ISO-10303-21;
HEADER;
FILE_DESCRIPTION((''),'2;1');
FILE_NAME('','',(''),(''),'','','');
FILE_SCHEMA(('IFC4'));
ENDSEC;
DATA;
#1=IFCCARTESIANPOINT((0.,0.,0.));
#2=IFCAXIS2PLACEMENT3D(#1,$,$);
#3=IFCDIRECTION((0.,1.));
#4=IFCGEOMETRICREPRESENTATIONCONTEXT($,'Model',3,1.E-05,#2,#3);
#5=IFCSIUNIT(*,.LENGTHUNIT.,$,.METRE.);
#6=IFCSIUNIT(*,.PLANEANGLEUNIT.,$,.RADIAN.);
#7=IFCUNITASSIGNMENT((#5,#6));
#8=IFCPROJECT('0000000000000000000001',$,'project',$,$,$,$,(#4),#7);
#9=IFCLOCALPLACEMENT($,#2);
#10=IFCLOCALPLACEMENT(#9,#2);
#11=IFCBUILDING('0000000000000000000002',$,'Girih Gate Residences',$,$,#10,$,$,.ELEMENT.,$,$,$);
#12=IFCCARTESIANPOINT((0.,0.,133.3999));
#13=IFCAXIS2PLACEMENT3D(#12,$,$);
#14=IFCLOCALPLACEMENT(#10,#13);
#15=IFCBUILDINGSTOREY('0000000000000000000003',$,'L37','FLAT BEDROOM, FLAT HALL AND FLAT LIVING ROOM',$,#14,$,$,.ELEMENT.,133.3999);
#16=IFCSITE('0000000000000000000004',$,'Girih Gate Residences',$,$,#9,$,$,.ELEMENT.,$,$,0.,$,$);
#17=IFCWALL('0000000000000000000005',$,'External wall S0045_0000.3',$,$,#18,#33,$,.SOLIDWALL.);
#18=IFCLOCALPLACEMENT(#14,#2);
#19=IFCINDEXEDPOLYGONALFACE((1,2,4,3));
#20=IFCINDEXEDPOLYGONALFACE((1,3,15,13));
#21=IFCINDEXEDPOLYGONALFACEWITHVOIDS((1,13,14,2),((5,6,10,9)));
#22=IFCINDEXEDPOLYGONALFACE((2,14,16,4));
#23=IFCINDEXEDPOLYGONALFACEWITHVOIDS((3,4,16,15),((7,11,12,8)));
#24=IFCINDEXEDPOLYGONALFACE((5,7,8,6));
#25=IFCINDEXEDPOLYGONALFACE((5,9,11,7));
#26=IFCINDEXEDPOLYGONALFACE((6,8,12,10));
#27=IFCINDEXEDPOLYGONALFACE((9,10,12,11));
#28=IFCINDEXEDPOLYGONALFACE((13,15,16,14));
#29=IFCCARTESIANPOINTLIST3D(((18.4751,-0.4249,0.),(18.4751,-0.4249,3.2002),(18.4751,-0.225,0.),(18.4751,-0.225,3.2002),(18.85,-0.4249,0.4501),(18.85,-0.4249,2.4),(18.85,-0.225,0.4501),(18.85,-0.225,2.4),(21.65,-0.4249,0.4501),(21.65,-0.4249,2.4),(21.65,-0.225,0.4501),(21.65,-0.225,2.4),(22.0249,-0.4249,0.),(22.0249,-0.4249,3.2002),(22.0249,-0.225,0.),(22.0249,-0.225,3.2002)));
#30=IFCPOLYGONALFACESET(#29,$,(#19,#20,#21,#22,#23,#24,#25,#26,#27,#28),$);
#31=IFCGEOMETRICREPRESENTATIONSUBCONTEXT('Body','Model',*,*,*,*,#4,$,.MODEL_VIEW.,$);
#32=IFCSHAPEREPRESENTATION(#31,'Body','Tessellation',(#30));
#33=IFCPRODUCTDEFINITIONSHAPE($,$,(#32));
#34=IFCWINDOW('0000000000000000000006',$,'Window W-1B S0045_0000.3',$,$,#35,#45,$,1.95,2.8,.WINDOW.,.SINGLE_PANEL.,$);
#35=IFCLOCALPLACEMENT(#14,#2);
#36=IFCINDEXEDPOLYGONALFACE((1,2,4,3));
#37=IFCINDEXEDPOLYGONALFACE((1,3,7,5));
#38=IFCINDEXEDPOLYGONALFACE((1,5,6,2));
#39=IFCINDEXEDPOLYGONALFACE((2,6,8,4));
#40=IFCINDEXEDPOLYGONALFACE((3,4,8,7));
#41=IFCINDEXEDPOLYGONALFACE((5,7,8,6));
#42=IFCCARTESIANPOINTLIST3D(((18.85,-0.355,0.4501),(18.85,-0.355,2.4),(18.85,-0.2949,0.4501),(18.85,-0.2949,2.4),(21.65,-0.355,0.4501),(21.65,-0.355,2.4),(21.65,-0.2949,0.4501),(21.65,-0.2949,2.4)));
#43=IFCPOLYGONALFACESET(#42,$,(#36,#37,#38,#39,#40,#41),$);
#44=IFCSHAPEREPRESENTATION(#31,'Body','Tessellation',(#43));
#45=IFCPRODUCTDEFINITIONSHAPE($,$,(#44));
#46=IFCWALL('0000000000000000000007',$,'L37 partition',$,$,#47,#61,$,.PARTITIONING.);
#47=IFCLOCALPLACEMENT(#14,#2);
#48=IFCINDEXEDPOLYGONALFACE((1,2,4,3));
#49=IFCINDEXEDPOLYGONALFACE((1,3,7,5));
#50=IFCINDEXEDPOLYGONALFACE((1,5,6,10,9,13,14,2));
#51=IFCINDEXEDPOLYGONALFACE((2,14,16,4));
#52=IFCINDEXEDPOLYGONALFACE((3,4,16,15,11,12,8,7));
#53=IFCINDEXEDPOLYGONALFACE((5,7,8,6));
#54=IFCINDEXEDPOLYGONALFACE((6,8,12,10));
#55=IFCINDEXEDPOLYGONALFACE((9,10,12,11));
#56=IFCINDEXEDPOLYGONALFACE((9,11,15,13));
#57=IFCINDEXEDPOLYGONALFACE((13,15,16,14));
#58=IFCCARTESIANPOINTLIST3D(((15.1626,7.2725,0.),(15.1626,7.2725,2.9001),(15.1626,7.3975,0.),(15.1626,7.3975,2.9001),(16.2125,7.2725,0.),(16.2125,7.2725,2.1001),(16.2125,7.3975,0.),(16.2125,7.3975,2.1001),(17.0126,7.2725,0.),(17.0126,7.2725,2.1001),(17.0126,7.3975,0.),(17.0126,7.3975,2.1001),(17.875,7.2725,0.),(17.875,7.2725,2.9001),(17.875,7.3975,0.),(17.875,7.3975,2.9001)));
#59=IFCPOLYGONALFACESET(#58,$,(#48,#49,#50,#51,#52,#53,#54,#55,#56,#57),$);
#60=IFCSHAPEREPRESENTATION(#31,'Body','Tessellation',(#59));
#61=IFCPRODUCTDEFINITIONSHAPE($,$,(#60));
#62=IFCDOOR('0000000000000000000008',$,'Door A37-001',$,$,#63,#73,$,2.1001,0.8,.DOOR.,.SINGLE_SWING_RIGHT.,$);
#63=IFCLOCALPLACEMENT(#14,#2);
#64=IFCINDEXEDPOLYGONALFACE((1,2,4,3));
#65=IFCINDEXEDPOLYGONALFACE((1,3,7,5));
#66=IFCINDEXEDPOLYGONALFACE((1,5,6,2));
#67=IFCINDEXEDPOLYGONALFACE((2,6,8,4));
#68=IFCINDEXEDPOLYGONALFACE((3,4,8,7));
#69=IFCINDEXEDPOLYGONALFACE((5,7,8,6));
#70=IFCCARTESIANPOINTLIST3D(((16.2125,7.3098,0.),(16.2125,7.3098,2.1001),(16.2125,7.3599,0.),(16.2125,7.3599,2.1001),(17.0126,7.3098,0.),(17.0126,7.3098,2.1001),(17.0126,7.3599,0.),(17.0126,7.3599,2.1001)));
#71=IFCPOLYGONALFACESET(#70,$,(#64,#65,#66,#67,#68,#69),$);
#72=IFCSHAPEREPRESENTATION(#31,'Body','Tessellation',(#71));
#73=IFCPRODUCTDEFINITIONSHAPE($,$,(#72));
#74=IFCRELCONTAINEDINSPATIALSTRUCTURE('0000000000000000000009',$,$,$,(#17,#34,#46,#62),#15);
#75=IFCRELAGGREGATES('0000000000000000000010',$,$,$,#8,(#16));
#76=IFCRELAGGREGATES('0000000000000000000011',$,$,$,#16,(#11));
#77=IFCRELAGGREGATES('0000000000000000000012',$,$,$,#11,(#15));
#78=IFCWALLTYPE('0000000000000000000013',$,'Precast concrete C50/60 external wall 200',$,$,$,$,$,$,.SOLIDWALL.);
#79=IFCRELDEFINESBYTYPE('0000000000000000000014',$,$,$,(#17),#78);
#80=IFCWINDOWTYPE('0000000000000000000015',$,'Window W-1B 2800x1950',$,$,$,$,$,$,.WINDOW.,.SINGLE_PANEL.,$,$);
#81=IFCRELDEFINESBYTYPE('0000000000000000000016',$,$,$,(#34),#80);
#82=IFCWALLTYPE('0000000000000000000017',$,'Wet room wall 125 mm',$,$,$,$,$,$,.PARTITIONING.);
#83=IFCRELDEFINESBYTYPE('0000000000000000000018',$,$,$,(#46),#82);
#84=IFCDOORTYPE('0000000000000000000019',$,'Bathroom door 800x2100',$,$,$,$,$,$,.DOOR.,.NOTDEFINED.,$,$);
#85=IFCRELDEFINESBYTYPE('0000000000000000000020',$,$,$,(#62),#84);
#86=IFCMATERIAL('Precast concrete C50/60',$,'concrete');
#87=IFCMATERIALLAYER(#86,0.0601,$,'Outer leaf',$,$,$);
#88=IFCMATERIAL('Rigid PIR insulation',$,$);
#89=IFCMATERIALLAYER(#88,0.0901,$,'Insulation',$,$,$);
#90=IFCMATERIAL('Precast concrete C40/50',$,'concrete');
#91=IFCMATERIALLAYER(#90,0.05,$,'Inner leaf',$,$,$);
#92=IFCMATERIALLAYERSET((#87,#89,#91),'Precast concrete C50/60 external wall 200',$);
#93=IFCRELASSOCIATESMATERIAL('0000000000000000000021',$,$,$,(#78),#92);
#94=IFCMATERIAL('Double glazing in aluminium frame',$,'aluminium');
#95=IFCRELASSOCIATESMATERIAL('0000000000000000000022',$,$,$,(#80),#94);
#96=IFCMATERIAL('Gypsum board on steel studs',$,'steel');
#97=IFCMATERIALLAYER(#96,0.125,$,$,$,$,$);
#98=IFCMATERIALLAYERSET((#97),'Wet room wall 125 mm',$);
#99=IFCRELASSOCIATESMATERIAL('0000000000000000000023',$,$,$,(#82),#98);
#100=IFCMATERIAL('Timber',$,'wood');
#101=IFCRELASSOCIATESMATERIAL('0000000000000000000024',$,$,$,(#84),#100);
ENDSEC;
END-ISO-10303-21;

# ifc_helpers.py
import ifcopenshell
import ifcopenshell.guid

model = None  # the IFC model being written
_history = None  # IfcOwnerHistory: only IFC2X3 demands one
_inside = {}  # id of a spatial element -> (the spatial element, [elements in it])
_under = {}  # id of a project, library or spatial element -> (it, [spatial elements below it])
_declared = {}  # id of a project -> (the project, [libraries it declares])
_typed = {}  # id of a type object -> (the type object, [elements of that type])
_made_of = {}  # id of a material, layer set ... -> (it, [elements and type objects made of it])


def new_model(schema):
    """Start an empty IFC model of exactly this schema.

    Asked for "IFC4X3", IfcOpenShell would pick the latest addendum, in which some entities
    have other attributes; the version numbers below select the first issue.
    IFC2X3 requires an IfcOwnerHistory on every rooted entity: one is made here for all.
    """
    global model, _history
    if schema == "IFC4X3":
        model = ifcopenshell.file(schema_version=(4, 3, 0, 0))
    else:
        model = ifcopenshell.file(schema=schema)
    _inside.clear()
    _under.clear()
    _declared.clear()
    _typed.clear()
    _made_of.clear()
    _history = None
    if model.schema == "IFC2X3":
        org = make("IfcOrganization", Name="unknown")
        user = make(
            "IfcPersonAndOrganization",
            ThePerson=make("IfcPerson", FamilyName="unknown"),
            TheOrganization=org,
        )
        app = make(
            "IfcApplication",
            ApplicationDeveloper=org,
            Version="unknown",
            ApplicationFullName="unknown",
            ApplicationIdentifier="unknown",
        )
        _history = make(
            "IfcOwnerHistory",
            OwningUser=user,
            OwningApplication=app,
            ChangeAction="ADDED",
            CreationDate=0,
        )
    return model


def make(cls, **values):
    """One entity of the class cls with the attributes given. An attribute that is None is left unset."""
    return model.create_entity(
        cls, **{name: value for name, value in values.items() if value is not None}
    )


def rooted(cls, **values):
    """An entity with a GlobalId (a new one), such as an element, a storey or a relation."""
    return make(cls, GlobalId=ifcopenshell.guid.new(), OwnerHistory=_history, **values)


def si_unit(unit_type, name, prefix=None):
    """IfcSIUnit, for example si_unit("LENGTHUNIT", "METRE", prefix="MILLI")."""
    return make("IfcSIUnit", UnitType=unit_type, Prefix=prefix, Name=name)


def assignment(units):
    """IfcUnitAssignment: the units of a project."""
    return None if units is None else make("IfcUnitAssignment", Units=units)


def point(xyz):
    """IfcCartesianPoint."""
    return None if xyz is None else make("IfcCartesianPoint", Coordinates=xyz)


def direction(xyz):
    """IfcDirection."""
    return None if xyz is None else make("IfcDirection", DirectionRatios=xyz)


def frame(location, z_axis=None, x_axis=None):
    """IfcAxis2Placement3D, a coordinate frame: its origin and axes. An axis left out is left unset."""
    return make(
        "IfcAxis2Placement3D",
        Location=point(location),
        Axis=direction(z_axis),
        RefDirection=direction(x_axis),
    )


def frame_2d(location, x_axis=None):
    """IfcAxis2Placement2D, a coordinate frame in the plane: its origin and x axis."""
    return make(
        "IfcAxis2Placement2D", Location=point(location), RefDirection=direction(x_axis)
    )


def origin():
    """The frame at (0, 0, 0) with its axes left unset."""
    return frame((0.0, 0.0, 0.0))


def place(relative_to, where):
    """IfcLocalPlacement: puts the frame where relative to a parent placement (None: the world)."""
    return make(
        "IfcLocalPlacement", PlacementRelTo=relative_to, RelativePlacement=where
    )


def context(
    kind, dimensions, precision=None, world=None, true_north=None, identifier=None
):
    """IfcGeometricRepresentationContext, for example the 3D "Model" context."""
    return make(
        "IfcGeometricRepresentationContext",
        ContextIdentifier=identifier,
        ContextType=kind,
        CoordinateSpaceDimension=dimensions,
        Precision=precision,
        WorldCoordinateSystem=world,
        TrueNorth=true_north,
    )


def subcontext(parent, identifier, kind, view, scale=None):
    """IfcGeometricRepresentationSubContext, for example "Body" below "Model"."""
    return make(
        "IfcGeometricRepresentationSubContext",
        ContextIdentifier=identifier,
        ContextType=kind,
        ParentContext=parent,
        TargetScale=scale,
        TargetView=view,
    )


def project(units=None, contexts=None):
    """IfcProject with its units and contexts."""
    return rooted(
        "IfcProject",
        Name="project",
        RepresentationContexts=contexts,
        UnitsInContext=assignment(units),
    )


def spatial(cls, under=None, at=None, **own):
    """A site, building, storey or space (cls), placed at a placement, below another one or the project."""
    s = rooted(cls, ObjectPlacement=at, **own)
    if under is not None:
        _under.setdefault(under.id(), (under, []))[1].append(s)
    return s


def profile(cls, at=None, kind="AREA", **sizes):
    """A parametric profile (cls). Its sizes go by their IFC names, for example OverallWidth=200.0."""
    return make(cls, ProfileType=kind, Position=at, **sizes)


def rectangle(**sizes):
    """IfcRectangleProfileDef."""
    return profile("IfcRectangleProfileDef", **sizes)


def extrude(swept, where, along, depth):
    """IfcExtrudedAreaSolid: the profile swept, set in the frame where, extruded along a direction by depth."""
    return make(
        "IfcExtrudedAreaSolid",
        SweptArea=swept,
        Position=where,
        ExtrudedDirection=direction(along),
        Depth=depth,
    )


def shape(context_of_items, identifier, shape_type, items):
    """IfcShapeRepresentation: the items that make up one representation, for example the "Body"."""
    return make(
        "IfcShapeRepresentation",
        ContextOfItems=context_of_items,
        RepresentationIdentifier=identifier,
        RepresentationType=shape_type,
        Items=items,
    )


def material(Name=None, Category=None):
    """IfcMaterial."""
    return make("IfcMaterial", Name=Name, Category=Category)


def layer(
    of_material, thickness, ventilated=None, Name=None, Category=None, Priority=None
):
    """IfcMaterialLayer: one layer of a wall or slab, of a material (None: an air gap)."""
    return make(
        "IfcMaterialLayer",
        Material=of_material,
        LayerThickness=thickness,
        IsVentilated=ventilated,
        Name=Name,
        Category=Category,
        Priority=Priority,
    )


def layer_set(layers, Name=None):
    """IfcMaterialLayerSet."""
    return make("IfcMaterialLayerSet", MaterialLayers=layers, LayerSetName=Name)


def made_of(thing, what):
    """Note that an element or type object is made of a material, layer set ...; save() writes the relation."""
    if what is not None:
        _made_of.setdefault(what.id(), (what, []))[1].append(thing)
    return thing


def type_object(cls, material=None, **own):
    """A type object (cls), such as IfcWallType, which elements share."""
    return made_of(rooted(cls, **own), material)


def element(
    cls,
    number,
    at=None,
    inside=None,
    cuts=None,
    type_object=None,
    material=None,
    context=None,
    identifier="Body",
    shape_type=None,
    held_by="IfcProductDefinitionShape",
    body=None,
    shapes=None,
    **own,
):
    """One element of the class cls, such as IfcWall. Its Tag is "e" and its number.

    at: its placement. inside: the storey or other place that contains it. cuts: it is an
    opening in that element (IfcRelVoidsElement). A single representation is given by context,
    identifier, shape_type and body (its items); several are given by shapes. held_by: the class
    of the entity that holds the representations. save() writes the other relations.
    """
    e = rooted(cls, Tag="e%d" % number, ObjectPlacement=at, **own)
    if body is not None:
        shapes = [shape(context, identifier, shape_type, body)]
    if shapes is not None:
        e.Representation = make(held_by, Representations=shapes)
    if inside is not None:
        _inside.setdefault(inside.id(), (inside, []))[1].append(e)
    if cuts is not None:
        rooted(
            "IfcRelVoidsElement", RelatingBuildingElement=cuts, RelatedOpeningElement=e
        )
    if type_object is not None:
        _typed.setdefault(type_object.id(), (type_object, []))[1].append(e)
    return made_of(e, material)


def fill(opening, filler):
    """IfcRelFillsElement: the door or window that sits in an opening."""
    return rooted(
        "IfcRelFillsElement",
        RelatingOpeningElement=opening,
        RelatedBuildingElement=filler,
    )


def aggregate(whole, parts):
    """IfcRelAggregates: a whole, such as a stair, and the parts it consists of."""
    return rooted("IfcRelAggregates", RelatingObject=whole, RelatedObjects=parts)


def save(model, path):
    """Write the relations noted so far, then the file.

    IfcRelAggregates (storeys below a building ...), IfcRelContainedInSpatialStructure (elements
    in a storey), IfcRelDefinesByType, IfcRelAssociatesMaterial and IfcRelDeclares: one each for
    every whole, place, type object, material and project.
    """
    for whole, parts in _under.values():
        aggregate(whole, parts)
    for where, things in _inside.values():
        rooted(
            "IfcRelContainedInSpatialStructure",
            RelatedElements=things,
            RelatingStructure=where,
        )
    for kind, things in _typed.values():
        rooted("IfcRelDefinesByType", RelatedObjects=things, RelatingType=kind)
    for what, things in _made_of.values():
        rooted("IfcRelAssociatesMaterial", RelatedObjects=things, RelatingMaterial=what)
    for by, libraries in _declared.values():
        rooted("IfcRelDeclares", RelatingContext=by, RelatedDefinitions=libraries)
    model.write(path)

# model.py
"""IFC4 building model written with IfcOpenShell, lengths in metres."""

from ifc_helpers import new_model, si_unit, direction, frame, frame_2d, origin, place, context, subcontext, project, spatial, rectangle, extrude, material, layer, layer_set, type_object, element, fill, save


model = new_model("IFC4")

# Units and contexts
model_context = context("Model", 3, precision=1e-05, world=origin(), true_north=direction((0.0, 1.0)))
body_context = subcontext(model_context, "Body", "Model", "MODEL_VIEW")
ifc_project = project(units=[si_unit("LENGTHUNIT", "METRE"), si_unit("PLANEANGLEUNIT", "RADIAN")], contexts=[model_context])

# Site, building, storey
site_placement = place(None, origin())
site = spatial("IfcSite", under=ifc_project, at=site_placement, Name="Girih Gate Residences", CompositionType="ELEMENT", RefElevation=0.0)
building_placement = place(site_placement, origin())
building = spatial("IfcBuilding", under=site, at=building_placement, Name="Girih Gate Residences", CompositionType="ELEMENT")
storey_placement = place(building_placement, frame((0.0, 0.0, 133.3999)))
storey = spatial("IfcBuildingStorey", under=building, at=storey_placement, Name="L37", Description="FLAT BEDROOM, FLAT HALL AND FLAT LIVING ROOM", CompositionType="ELEMENT", Elevation=133.3999)

# Shared definitions
ifc_material_1 = material(Name="Gypsum board on steel studs", Category="steel")

# Shared definitions
ifc_material_2 = material(Name="Timber", Category="wood")

# Wall, opening, window
ifc_material_3 = material(Name="Precast concrete C50/60", Category="concrete")
ifc_layer_1 = layer(ifc_material_3, 0.0601, Name="Outer leaf")
ifc_material_4 = material(Name="Rigid PIR insulation")
ifc_layer_2 = layer(ifc_material_4, 0.0901, Name="Insulation")
ifc_material_5 = material(Name="Precast concrete C40/50", Category="concrete")
ifc_layer_3 = layer(ifc_material_5, 0.05, Name="Inner leaf")
ifc_layer_set_1 = layer_set([ifc_layer_1, ifc_layer_2, ifc_layer_3], Name="Precast concrete C50/60 external wall 200")
wall_type_1 = type_object("IfcWallType", Name="Precast concrete C50/60 external wall 200", PredefinedType="SOLIDWALL", material=ifc_layer_set_1)
ifc_material_6 = material(Name="Double glazing in aluminium frame", Category="aluminium")
window_type = type_object("IfcWindowType", Name="Window W-1B 2800x1950", PartitioningType="SINGLE_PANEL", PredefinedType="WINDOW", material=ifc_material_6)
wall_1_placement = place(storey_placement, frame((22.0249, -0.325, 0.0), z_axis=(0.0, 0.0, 1.0), x_axis=(-1.0, 0.0, 0.0)))
wall_1 = element("IfcWall", 1, at=wall_1_placement, inside=storey, type_object=wall_type_1, Name="External wall S0045_0000.3", PredefinedType="SOLIDWALL", context=body_context, shape_type="SweptSolid", body=[
    extrude(rectangle(XDim=3.5498, YDim=0.2, at=frame_2d((1.7749, 0.0))), origin(), (0.0, 0.0, 1.0), 3.2002),
])
opening_1_placement = place(wall_1_placement, frame((0.375, 0.0, 0.45)))
opening_1 = element("IfcOpeningElement", 2, at=opening_1_placement, cuts=wall_1, PredefinedType="OPENING", context=body_context, shape_type="SweptSolid", body=[
    extrude(rectangle(XDim=2.8, YDim=1.95, at=frame_2d((1.3999, 0.9751))), frame((0.0, 0.1099, 0.0), z_axis=(0.0, -1.0, 0.0), x_axis=(1.0, 0.0, 0.0)), (0.0, 0.0, 1.0), 0.22),
])
window_1_placement = place(opening_1_placement, origin())
window_1 = element("IfcWindow", 3, at=window_1_placement, inside=storey, type_object=window_type, Name="Window W-1B S0045_0000.3", OverallHeight=1.95, OverallWidth=2.8, PartitioningType="SINGLE_PANEL", PredefinedType="WINDOW", context=body_context, shape_type="SweptSolid", body=[
    extrude(rectangle(XDim=2.8, YDim=1.95, at=frame_2d((1.3999, 0.9751))), frame((0.0, 0.03, 0.0), z_axis=(0.0, -1.0, 0.0), x_axis=(1.0, 0.0, 0.0)), (0.0, 0.0, 1.0), 0.0601),
])
fill(opening_1, window_1)

# Wall, opening, door
ifc_layer_4 = layer(ifc_material_1, 0.125)
ifc_layer_set_2 = layer_set([ifc_layer_4], Name="Wet room wall 125 mm")
wall_type_2 = type_object("IfcWallType", Name="Wet room wall 125 mm", PredefinedType="PARTITIONING", material=ifc_layer_set_2)
wall_2_placement = place(storey_placement, frame((15.1626, 7.335, 0.0), z_axis=(0.0, 0.0, 1.0), x_axis=(1.0, 0.0, 0.0)))
wall_2 = element("IfcWall", 4, at=wall_2_placement, inside=storey, type_object=wall_type_2, Name="L37 partition", PredefinedType="PARTITIONING", context=body_context, shape_type="SweptSolid", body=[
    extrude(rectangle(XDim=2.7124, YDim=0.125, at=frame_2d((1.3562, 0.0))), origin(), (0.0, 0.0, 1.0), 2.9001),
])
opening_2_placement = place(wall_2_placement, frame((1.05, 0.0, 0.0)))
opening_2 = element("IfcOpeningElement", 5, at=opening_2_placement, cuts=wall_2, PredefinedType="OPENING", context=body_context, shape_type="SweptSolid", body=[
    extrude(rectangle(XDim=0.8, YDim=2.1001, at=frame_2d((0.3999, 1.05))), frame((0.0, 0.0725, 0.0), z_axis=(0.0, -1.0, 0.0), x_axis=(1.0, 0.0, 0.0)), (0.0, 0.0, 1.0), 0.145),
])
door_type_1 = type_object("IfcDoorType", Name="Bathroom door 800x2100", OperationType="NOTDEFINED", PredefinedType="DOOR", material=ifc_material_2)
door_1_placement = place(opening_2_placement, origin())
door_1 = element("IfcDoor", 6, at=door_1_placement, inside=storey, type_object=door_type_1, Name="Door A37-001", OperationType="SINGLE_SWING_RIGHT", OverallHeight=2.1001, OverallWidth=0.8, PredefinedType="DOOR", context=body_context, shape_type="SweptSolid", body=[
    extrude(rectangle(XDim=0.8, YDim=2.1001, at=frame_2d((0.3999, 1.05))), frame((0.0, 0.0249, 0.0), z_axis=(0.0, -1.0, 0.0), x_axis=(1.0, 0.0, 0.0)), (0.0, 0.0, 1.0), 0.05),
])
fill(opening_2, door_1)

save(model, "model.ifc")
